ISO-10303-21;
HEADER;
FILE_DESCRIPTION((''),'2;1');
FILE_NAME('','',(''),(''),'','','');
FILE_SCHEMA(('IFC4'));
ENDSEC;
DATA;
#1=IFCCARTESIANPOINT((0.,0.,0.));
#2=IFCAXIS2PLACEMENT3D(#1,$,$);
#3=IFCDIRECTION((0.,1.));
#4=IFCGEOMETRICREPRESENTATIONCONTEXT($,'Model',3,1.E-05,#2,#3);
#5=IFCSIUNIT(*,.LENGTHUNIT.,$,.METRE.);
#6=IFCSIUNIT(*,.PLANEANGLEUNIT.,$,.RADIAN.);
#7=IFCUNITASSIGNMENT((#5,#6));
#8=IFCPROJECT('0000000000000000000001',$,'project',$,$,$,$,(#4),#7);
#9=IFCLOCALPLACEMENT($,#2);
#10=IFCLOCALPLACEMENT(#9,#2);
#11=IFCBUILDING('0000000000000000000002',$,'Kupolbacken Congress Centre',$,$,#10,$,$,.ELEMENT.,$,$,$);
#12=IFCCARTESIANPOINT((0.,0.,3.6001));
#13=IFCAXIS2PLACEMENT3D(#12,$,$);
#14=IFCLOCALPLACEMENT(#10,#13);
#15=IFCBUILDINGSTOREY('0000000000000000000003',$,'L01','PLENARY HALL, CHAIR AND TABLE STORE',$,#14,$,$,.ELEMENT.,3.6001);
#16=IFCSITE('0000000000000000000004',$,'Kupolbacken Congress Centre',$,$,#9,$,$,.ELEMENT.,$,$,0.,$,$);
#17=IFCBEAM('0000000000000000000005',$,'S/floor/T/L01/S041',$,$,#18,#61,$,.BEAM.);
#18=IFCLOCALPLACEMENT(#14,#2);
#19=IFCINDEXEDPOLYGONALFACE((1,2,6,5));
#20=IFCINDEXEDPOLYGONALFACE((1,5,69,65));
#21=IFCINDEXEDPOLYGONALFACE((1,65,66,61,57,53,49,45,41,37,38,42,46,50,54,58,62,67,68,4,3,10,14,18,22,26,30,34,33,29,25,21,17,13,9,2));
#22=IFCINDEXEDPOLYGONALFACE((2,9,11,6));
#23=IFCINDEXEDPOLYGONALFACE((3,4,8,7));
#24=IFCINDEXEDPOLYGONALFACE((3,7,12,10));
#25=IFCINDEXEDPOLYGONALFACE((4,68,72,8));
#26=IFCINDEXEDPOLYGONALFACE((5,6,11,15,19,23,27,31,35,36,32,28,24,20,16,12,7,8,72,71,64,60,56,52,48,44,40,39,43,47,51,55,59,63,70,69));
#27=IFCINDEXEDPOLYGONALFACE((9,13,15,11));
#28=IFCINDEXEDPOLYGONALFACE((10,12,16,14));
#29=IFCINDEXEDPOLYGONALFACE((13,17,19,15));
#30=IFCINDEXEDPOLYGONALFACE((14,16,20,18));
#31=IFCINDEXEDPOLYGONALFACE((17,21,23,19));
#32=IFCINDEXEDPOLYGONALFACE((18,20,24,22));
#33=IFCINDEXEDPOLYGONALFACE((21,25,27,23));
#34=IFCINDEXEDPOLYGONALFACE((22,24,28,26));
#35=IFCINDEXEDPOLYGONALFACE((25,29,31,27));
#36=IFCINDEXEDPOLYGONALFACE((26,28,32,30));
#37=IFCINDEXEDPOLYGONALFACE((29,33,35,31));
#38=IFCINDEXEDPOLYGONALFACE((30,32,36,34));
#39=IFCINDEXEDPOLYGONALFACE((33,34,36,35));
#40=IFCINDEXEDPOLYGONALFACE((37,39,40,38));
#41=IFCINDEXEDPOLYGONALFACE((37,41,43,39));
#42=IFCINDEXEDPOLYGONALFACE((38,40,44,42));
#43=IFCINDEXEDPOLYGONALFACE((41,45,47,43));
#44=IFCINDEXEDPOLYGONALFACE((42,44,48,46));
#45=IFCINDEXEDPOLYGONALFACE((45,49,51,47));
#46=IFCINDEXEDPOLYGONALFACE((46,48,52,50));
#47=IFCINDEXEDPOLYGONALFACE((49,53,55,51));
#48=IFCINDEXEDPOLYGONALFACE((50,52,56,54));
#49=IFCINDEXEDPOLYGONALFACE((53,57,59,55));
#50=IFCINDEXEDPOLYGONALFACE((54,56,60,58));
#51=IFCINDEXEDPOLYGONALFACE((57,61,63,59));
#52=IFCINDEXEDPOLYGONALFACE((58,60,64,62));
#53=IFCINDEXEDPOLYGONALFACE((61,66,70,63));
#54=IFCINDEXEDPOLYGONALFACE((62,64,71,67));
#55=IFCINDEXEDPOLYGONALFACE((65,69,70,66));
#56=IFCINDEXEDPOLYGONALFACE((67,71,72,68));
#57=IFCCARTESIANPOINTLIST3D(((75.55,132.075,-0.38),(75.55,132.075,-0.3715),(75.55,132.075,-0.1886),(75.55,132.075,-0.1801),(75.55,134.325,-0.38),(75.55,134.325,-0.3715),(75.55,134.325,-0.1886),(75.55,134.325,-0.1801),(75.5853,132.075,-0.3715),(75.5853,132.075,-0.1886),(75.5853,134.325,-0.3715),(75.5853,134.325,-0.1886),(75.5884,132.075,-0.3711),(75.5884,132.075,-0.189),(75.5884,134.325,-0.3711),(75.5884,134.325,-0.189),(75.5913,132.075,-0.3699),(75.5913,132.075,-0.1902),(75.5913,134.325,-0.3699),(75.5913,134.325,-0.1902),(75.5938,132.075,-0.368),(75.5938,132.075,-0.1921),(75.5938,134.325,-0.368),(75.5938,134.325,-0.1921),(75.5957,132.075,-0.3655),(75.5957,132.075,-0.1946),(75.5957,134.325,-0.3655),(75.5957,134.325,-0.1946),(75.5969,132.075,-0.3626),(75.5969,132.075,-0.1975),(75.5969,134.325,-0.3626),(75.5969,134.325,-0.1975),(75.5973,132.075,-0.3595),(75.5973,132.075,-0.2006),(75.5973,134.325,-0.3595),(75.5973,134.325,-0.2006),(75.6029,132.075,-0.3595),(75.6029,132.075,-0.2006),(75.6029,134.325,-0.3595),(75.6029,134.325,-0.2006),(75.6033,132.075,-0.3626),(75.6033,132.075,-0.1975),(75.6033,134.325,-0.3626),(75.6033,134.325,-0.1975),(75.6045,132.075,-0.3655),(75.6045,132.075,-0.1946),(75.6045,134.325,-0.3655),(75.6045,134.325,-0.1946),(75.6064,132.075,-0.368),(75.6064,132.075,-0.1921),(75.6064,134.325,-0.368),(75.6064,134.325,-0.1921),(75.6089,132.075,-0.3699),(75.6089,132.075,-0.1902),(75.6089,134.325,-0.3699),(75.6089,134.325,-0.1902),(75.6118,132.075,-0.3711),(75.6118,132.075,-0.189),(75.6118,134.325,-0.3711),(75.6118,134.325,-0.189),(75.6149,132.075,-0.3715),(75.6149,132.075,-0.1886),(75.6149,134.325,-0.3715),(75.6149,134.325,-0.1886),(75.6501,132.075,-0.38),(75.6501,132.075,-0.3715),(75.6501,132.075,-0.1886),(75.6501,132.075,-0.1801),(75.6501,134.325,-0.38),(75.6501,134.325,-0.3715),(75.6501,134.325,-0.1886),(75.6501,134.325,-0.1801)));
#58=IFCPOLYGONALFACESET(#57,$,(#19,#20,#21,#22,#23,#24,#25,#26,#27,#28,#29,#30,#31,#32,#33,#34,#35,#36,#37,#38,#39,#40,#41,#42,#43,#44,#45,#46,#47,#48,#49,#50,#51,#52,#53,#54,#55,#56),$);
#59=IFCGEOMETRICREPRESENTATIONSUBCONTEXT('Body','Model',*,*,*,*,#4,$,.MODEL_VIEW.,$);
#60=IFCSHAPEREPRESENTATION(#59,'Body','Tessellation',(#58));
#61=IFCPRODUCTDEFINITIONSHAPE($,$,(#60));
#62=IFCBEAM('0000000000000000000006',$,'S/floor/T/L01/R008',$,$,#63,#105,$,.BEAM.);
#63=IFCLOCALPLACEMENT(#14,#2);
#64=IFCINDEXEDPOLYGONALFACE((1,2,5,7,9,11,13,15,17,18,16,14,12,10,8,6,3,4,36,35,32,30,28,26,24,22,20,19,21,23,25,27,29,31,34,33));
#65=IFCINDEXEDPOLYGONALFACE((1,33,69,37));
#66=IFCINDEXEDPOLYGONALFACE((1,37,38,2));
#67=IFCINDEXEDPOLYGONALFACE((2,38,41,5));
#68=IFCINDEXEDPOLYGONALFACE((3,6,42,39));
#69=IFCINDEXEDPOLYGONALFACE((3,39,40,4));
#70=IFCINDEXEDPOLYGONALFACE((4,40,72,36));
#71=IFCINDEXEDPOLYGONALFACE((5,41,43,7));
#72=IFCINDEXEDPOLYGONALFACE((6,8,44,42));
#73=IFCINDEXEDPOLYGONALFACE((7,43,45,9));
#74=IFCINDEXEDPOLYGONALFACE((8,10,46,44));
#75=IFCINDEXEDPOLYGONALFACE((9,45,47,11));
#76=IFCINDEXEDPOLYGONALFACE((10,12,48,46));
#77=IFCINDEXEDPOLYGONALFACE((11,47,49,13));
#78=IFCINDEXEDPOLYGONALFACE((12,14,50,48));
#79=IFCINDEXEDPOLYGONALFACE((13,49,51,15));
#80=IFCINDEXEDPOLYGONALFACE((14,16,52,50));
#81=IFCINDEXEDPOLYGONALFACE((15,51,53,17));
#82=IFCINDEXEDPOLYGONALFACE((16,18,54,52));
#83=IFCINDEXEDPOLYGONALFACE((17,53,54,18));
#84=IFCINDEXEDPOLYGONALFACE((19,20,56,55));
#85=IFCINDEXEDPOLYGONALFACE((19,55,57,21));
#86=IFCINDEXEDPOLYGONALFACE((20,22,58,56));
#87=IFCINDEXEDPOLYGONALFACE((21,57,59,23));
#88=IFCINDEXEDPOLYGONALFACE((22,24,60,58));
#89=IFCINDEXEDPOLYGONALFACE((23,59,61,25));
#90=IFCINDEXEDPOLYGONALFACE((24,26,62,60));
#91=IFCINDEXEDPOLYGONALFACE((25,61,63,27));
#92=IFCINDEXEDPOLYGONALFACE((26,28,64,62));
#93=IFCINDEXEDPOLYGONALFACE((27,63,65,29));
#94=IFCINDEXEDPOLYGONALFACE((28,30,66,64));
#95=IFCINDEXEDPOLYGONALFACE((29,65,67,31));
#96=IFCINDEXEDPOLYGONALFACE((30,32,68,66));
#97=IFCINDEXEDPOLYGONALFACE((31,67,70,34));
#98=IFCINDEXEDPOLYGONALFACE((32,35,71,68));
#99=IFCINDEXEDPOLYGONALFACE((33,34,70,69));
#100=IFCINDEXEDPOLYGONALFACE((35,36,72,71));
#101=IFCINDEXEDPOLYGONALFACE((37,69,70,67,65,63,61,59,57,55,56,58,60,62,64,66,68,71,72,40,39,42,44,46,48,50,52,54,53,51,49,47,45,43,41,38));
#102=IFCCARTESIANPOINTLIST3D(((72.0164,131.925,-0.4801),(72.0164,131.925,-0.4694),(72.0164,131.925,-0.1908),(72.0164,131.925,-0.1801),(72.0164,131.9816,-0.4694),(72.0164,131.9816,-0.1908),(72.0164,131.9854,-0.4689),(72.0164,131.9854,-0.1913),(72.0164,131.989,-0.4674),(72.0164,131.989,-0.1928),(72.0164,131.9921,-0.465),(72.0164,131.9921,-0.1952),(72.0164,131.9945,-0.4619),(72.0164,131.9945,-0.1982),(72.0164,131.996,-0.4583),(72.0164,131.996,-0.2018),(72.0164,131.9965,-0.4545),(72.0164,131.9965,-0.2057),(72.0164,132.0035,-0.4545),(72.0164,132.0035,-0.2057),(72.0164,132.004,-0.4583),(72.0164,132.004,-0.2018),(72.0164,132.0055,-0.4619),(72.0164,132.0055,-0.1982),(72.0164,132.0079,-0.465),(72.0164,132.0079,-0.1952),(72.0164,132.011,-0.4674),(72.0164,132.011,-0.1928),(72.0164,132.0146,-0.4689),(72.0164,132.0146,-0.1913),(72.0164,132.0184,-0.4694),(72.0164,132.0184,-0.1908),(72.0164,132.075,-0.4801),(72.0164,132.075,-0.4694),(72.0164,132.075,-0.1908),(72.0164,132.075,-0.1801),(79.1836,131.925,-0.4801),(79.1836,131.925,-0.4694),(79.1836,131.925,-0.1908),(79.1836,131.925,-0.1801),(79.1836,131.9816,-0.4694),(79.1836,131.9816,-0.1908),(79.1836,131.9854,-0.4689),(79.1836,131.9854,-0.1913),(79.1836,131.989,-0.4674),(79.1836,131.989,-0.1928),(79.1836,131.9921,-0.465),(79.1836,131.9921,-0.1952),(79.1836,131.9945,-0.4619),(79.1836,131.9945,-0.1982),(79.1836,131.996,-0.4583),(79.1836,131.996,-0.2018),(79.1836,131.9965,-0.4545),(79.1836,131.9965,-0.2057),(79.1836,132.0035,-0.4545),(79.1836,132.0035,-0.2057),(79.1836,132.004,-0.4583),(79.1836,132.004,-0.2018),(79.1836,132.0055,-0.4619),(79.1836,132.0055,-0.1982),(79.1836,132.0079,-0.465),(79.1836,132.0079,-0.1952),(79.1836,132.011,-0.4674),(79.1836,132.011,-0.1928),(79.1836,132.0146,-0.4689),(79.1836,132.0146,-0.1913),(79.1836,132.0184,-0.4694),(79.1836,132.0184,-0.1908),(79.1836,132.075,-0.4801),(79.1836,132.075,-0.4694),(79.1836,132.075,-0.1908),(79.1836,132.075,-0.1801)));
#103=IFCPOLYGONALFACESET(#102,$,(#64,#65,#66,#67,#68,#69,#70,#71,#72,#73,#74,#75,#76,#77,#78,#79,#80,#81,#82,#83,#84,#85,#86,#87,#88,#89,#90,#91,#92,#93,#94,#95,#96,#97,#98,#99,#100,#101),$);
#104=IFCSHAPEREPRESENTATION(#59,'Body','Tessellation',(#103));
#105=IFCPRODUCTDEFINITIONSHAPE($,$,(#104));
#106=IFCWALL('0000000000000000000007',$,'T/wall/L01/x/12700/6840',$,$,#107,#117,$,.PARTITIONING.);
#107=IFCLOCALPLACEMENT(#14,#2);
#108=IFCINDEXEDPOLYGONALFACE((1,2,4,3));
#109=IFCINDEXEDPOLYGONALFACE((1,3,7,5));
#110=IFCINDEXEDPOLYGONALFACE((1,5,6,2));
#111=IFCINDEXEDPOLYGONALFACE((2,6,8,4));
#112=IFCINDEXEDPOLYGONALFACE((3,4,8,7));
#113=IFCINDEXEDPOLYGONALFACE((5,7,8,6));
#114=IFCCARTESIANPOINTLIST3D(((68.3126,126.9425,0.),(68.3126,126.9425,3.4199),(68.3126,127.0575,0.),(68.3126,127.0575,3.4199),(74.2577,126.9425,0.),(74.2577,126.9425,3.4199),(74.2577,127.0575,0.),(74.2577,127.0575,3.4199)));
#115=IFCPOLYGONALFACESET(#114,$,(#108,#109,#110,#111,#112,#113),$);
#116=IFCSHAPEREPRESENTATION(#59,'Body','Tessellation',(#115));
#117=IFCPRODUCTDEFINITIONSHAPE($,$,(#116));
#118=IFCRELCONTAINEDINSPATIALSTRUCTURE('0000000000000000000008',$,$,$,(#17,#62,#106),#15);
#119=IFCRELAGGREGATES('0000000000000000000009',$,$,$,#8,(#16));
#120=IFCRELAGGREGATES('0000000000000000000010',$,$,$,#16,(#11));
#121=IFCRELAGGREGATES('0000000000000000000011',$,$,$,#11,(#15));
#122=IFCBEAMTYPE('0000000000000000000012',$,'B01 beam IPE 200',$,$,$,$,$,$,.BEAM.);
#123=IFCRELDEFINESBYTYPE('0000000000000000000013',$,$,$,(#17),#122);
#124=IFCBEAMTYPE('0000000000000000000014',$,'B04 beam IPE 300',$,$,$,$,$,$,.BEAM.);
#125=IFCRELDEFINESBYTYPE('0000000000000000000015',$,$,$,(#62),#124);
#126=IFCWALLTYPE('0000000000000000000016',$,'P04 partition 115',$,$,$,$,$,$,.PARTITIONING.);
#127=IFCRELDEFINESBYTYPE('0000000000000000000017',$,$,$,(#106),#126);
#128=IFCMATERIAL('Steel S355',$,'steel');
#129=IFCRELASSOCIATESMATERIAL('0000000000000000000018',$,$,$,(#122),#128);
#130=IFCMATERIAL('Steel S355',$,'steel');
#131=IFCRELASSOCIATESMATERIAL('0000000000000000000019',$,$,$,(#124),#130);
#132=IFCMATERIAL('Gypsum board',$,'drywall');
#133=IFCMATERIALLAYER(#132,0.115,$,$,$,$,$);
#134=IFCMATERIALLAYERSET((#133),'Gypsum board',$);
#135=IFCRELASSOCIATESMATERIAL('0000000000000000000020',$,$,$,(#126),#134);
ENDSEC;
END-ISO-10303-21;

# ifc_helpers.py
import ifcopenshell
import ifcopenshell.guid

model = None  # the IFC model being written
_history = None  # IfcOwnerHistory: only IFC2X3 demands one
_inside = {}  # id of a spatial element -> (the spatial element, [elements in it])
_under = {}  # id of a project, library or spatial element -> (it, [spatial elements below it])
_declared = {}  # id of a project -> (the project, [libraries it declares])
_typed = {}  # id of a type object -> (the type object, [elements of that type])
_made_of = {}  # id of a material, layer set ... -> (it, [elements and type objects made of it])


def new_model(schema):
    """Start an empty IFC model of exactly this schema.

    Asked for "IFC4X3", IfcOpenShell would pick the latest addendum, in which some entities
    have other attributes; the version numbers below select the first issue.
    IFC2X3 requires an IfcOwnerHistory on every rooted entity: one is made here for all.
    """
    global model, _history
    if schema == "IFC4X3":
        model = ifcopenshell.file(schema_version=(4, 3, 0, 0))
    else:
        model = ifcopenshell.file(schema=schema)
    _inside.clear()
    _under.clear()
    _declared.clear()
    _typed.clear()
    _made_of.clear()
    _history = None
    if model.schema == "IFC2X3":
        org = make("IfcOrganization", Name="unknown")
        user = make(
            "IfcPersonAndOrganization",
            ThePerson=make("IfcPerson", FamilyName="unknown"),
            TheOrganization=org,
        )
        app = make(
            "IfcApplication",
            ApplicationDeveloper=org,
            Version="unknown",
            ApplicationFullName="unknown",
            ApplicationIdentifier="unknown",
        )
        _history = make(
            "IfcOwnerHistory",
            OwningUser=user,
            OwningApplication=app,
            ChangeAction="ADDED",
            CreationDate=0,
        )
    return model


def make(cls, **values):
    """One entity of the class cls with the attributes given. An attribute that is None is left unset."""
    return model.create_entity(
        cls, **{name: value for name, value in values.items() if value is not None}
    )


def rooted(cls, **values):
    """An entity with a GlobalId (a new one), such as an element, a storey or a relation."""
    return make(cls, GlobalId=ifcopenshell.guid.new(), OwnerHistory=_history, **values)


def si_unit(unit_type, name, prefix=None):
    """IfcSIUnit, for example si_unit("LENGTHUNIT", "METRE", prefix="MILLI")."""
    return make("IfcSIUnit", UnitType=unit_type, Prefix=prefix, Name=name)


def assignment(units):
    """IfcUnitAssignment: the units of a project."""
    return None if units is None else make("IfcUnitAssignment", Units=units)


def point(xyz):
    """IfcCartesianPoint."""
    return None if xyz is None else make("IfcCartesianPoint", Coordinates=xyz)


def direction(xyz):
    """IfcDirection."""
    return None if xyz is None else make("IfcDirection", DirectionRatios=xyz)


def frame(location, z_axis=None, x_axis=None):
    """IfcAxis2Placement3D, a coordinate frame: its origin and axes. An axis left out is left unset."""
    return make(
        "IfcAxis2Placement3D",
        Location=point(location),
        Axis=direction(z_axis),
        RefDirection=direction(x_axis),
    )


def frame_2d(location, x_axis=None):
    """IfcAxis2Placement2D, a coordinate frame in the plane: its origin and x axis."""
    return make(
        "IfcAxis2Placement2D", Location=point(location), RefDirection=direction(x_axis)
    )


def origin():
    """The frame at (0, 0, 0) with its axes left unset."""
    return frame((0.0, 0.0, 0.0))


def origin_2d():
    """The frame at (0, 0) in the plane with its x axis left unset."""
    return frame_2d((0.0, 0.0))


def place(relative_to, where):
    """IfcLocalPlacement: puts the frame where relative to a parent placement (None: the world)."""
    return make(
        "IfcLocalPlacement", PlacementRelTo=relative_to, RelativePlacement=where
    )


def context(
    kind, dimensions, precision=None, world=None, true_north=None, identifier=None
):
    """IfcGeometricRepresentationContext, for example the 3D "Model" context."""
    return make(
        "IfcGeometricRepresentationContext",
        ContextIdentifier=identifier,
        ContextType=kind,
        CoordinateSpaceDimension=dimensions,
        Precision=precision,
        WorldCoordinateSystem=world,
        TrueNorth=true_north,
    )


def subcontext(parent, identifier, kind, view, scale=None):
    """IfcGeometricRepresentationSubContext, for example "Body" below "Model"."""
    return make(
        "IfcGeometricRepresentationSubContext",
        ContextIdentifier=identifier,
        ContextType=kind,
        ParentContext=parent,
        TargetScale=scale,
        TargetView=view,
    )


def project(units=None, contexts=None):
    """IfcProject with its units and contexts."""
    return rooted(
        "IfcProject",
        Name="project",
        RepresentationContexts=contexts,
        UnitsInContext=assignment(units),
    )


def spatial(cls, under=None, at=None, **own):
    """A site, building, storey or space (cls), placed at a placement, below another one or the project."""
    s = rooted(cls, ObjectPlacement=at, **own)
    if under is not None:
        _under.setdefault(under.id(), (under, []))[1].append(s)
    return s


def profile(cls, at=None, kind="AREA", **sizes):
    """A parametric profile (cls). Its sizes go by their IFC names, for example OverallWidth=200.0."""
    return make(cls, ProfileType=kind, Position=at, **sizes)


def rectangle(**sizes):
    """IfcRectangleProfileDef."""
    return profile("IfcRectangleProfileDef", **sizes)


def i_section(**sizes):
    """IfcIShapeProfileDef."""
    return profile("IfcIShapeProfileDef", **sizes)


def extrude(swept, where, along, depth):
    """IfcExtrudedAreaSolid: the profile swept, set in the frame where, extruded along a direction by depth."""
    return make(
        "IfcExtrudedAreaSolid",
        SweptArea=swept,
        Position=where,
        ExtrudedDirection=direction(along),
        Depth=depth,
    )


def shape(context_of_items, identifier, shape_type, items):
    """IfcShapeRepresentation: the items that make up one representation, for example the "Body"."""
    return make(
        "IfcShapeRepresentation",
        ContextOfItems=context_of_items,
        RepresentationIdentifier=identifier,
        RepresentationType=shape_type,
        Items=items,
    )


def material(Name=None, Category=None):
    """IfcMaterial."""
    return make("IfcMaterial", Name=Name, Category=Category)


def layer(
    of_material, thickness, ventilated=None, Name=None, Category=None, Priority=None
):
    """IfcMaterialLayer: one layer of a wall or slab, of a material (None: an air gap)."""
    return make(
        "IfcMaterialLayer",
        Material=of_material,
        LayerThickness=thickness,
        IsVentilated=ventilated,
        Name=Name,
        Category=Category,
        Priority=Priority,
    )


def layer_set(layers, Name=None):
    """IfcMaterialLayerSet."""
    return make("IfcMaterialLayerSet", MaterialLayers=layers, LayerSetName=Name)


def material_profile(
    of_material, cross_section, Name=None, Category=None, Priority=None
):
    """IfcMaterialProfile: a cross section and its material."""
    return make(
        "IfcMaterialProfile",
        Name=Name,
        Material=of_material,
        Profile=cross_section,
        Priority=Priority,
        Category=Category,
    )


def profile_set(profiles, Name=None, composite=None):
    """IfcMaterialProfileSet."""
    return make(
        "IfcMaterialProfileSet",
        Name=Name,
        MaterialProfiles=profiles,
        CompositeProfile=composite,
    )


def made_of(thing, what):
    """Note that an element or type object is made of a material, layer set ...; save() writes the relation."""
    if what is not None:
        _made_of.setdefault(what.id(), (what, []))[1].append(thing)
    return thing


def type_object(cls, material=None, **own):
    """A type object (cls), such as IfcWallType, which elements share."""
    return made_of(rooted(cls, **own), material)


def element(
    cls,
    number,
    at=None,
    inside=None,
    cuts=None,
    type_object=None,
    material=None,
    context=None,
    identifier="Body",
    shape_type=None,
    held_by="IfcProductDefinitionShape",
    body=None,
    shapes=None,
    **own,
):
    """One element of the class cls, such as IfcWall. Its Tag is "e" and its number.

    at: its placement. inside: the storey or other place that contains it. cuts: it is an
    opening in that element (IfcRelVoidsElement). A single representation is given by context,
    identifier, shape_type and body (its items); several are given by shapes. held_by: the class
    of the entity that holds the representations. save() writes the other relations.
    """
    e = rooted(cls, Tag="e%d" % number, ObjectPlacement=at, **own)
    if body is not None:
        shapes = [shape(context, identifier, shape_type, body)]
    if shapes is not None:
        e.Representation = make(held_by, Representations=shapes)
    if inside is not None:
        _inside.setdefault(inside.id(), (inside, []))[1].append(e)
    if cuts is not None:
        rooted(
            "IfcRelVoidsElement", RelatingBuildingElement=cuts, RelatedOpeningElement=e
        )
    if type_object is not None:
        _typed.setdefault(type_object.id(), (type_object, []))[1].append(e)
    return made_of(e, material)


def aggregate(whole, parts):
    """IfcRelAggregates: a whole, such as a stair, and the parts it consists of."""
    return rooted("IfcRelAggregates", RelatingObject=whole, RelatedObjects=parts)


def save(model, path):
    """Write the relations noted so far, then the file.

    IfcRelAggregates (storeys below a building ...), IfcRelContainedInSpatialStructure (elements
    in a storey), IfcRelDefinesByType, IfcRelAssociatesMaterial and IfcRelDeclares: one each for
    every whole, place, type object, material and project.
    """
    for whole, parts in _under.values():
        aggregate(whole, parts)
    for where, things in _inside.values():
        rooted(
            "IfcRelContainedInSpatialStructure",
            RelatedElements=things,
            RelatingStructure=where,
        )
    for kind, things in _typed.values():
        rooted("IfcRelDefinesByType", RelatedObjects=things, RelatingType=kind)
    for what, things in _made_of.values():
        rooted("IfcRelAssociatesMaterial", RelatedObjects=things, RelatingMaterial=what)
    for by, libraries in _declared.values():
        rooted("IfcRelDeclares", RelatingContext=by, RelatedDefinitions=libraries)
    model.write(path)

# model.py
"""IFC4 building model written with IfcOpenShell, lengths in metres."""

from ifc_helpers import new_model, si_unit, direction, frame, frame_2d, origin, origin_2d, place, context, subcontext, project, spatial, rectangle, i_section, extrude, material, layer, layer_set, material_profile, profile_set, type_object, element, save


model = new_model("IFC4")

# Units and contexts
model_context = context("Model", 3, precision=1e-05, world=origin(), true_north=direction((0.0, 1.0)))
body_context = subcontext(model_context, "Body", "Model", "MODEL_VIEW")
ifc_project = project(units=[si_unit("LENGTHUNIT", "METRE"), si_unit("PLANEANGLEUNIT", "RADIAN")], contexts=[model_context])

# Site, building, storey
site_placement = place(None, origin())
site = spatial("IfcSite", under=ifc_project, at=site_placement, Name="Kupolbacken Congress Centre", CompositionType="ELEMENT", RefElevation=0.0)
building_placement = place(site_placement, origin())
building = spatial("IfcBuilding", under=site, at=building_placement, Name="Kupolbacken Congress Centre", CompositionType="ELEMENT")
storey_placement = place(building_placement, frame((0.0, 0.0, 3.6001)))
storey = spatial("IfcBuildingStorey", under=building, at=storey_placement, Name="L01", Description="PLENARY HALL, CHAIR AND TABLE STORE", CompositionType="ELEMENT", Elevation=3.6001)

# Beams
ifc_material_1 = material(Name="Steel S355", Category="steel")
ifc_material_profile_1 = material_profile(ifc_material_1, i_section(OverallWidth=0.1001, OverallDepth=0.2, WebThickness=0.0056, FlangeThickness=0.0085, FilletRadius=0.012, at=origin_2d()), Name="IPE 200")
ifc_profile_set_1 = profile_set([ifc_material_profile_1], Name="Steel S355")
beam_type_1 = type_object("IfcBeamType", Name="B01 beam IPE 200", PredefinedType="BEAM", material=ifc_profile_set_1)
beam_1_placement = place(storey_placement, frame((75.6001, 132.075, -0.28), z_axis=(0.0, 1.0, 0.0), x_axis=(-1.0, 0.0, 0.0)))
element("IfcBeam", 1, at=beam_1_placement, inside=storey, type_object=beam_type_1, Name="S/floor/T/L01/S041", PredefinedType="BEAM", context=body_context, shape_type="SweptSolid", body=[
    extrude(i_section(OverallWidth=0.1001, OverallDepth=0.2, WebThickness=0.0056, FlangeThickness=0.0085, FilletRadius=0.012, at=origin_2d()), origin(), (0.0, 0.0, 1.0), 2.25),
])
ifc_material_2 = material(Name="Steel S355", Category="steel")
ifc_material_profile_2 = material_profile(ifc_material_2, i_section(OverallWidth=0.1499, OverallDepth=0.3, WebThickness=0.0071, FlangeThickness=0.0107, FilletRadius=0.0149, at=origin_2d()), Name="IPE 300")
ifc_profile_set_2 = profile_set([ifc_material_profile_2], Name="Steel S355")
beam_type_2 = type_object("IfcBeamType", Name="B04 beam IPE 300", PredefinedType="BEAM", material=ifc_profile_set_2)
beam_2_placement = place(storey_placement, frame((72.0164, 132.0, -0.3301), z_axis=(1.0, 0.0, 0.0), x_axis=(0.0, 1.0, 0.0)))
element("IfcBeam", 2, at=beam_2_placement, inside=storey, type_object=beam_type_2, Name="S/floor/T/L01/R008", PredefinedType="BEAM", context=body_context, shape_type="SweptSolid", body=[
    extrude(i_section(OverallWidth=0.1499, OverallDepth=0.3, WebThickness=0.0071, FlangeThickness=0.0107, FilletRadius=0.0149, at=origin_2d()), origin(), (0.0, 0.0, 1.0), 7.1672),
])

# Wall
ifc_material_3 = material(Name="Gypsum board", Category="drywall")
ifc_layer_1 = layer(ifc_material_3, 0.115)
ifc_layer_set_1 = layer_set([ifc_layer_1], Name="Gypsum board")
wall_type_1 = type_object("IfcWallType", Name="P04 partition 115", PredefinedType="PARTITIONING", material=ifc_layer_set_1)
wall_1_placement = place(storey_placement, frame((68.3125, 127.0, 0.0), z_axis=(0.0, 0.0, 1.0), x_axis=(1.0, 0.0, 0.0)))
element("IfcWall", 3, at=wall_1_placement, inside=storey, type_object=wall_type_1, Name="T/wall/L01/x/12700/6840", PredefinedType="PARTITIONING", context=body_context, shape_type="SweptSolid", body=[
    extrude(rectangle(XDim=5.9451, YDim=0.115, at=frame_2d((2.9727, 0.0))), origin(), (0.0, 0.0, 1.0), 3.4199),
])

save(model, "model.ifc")
